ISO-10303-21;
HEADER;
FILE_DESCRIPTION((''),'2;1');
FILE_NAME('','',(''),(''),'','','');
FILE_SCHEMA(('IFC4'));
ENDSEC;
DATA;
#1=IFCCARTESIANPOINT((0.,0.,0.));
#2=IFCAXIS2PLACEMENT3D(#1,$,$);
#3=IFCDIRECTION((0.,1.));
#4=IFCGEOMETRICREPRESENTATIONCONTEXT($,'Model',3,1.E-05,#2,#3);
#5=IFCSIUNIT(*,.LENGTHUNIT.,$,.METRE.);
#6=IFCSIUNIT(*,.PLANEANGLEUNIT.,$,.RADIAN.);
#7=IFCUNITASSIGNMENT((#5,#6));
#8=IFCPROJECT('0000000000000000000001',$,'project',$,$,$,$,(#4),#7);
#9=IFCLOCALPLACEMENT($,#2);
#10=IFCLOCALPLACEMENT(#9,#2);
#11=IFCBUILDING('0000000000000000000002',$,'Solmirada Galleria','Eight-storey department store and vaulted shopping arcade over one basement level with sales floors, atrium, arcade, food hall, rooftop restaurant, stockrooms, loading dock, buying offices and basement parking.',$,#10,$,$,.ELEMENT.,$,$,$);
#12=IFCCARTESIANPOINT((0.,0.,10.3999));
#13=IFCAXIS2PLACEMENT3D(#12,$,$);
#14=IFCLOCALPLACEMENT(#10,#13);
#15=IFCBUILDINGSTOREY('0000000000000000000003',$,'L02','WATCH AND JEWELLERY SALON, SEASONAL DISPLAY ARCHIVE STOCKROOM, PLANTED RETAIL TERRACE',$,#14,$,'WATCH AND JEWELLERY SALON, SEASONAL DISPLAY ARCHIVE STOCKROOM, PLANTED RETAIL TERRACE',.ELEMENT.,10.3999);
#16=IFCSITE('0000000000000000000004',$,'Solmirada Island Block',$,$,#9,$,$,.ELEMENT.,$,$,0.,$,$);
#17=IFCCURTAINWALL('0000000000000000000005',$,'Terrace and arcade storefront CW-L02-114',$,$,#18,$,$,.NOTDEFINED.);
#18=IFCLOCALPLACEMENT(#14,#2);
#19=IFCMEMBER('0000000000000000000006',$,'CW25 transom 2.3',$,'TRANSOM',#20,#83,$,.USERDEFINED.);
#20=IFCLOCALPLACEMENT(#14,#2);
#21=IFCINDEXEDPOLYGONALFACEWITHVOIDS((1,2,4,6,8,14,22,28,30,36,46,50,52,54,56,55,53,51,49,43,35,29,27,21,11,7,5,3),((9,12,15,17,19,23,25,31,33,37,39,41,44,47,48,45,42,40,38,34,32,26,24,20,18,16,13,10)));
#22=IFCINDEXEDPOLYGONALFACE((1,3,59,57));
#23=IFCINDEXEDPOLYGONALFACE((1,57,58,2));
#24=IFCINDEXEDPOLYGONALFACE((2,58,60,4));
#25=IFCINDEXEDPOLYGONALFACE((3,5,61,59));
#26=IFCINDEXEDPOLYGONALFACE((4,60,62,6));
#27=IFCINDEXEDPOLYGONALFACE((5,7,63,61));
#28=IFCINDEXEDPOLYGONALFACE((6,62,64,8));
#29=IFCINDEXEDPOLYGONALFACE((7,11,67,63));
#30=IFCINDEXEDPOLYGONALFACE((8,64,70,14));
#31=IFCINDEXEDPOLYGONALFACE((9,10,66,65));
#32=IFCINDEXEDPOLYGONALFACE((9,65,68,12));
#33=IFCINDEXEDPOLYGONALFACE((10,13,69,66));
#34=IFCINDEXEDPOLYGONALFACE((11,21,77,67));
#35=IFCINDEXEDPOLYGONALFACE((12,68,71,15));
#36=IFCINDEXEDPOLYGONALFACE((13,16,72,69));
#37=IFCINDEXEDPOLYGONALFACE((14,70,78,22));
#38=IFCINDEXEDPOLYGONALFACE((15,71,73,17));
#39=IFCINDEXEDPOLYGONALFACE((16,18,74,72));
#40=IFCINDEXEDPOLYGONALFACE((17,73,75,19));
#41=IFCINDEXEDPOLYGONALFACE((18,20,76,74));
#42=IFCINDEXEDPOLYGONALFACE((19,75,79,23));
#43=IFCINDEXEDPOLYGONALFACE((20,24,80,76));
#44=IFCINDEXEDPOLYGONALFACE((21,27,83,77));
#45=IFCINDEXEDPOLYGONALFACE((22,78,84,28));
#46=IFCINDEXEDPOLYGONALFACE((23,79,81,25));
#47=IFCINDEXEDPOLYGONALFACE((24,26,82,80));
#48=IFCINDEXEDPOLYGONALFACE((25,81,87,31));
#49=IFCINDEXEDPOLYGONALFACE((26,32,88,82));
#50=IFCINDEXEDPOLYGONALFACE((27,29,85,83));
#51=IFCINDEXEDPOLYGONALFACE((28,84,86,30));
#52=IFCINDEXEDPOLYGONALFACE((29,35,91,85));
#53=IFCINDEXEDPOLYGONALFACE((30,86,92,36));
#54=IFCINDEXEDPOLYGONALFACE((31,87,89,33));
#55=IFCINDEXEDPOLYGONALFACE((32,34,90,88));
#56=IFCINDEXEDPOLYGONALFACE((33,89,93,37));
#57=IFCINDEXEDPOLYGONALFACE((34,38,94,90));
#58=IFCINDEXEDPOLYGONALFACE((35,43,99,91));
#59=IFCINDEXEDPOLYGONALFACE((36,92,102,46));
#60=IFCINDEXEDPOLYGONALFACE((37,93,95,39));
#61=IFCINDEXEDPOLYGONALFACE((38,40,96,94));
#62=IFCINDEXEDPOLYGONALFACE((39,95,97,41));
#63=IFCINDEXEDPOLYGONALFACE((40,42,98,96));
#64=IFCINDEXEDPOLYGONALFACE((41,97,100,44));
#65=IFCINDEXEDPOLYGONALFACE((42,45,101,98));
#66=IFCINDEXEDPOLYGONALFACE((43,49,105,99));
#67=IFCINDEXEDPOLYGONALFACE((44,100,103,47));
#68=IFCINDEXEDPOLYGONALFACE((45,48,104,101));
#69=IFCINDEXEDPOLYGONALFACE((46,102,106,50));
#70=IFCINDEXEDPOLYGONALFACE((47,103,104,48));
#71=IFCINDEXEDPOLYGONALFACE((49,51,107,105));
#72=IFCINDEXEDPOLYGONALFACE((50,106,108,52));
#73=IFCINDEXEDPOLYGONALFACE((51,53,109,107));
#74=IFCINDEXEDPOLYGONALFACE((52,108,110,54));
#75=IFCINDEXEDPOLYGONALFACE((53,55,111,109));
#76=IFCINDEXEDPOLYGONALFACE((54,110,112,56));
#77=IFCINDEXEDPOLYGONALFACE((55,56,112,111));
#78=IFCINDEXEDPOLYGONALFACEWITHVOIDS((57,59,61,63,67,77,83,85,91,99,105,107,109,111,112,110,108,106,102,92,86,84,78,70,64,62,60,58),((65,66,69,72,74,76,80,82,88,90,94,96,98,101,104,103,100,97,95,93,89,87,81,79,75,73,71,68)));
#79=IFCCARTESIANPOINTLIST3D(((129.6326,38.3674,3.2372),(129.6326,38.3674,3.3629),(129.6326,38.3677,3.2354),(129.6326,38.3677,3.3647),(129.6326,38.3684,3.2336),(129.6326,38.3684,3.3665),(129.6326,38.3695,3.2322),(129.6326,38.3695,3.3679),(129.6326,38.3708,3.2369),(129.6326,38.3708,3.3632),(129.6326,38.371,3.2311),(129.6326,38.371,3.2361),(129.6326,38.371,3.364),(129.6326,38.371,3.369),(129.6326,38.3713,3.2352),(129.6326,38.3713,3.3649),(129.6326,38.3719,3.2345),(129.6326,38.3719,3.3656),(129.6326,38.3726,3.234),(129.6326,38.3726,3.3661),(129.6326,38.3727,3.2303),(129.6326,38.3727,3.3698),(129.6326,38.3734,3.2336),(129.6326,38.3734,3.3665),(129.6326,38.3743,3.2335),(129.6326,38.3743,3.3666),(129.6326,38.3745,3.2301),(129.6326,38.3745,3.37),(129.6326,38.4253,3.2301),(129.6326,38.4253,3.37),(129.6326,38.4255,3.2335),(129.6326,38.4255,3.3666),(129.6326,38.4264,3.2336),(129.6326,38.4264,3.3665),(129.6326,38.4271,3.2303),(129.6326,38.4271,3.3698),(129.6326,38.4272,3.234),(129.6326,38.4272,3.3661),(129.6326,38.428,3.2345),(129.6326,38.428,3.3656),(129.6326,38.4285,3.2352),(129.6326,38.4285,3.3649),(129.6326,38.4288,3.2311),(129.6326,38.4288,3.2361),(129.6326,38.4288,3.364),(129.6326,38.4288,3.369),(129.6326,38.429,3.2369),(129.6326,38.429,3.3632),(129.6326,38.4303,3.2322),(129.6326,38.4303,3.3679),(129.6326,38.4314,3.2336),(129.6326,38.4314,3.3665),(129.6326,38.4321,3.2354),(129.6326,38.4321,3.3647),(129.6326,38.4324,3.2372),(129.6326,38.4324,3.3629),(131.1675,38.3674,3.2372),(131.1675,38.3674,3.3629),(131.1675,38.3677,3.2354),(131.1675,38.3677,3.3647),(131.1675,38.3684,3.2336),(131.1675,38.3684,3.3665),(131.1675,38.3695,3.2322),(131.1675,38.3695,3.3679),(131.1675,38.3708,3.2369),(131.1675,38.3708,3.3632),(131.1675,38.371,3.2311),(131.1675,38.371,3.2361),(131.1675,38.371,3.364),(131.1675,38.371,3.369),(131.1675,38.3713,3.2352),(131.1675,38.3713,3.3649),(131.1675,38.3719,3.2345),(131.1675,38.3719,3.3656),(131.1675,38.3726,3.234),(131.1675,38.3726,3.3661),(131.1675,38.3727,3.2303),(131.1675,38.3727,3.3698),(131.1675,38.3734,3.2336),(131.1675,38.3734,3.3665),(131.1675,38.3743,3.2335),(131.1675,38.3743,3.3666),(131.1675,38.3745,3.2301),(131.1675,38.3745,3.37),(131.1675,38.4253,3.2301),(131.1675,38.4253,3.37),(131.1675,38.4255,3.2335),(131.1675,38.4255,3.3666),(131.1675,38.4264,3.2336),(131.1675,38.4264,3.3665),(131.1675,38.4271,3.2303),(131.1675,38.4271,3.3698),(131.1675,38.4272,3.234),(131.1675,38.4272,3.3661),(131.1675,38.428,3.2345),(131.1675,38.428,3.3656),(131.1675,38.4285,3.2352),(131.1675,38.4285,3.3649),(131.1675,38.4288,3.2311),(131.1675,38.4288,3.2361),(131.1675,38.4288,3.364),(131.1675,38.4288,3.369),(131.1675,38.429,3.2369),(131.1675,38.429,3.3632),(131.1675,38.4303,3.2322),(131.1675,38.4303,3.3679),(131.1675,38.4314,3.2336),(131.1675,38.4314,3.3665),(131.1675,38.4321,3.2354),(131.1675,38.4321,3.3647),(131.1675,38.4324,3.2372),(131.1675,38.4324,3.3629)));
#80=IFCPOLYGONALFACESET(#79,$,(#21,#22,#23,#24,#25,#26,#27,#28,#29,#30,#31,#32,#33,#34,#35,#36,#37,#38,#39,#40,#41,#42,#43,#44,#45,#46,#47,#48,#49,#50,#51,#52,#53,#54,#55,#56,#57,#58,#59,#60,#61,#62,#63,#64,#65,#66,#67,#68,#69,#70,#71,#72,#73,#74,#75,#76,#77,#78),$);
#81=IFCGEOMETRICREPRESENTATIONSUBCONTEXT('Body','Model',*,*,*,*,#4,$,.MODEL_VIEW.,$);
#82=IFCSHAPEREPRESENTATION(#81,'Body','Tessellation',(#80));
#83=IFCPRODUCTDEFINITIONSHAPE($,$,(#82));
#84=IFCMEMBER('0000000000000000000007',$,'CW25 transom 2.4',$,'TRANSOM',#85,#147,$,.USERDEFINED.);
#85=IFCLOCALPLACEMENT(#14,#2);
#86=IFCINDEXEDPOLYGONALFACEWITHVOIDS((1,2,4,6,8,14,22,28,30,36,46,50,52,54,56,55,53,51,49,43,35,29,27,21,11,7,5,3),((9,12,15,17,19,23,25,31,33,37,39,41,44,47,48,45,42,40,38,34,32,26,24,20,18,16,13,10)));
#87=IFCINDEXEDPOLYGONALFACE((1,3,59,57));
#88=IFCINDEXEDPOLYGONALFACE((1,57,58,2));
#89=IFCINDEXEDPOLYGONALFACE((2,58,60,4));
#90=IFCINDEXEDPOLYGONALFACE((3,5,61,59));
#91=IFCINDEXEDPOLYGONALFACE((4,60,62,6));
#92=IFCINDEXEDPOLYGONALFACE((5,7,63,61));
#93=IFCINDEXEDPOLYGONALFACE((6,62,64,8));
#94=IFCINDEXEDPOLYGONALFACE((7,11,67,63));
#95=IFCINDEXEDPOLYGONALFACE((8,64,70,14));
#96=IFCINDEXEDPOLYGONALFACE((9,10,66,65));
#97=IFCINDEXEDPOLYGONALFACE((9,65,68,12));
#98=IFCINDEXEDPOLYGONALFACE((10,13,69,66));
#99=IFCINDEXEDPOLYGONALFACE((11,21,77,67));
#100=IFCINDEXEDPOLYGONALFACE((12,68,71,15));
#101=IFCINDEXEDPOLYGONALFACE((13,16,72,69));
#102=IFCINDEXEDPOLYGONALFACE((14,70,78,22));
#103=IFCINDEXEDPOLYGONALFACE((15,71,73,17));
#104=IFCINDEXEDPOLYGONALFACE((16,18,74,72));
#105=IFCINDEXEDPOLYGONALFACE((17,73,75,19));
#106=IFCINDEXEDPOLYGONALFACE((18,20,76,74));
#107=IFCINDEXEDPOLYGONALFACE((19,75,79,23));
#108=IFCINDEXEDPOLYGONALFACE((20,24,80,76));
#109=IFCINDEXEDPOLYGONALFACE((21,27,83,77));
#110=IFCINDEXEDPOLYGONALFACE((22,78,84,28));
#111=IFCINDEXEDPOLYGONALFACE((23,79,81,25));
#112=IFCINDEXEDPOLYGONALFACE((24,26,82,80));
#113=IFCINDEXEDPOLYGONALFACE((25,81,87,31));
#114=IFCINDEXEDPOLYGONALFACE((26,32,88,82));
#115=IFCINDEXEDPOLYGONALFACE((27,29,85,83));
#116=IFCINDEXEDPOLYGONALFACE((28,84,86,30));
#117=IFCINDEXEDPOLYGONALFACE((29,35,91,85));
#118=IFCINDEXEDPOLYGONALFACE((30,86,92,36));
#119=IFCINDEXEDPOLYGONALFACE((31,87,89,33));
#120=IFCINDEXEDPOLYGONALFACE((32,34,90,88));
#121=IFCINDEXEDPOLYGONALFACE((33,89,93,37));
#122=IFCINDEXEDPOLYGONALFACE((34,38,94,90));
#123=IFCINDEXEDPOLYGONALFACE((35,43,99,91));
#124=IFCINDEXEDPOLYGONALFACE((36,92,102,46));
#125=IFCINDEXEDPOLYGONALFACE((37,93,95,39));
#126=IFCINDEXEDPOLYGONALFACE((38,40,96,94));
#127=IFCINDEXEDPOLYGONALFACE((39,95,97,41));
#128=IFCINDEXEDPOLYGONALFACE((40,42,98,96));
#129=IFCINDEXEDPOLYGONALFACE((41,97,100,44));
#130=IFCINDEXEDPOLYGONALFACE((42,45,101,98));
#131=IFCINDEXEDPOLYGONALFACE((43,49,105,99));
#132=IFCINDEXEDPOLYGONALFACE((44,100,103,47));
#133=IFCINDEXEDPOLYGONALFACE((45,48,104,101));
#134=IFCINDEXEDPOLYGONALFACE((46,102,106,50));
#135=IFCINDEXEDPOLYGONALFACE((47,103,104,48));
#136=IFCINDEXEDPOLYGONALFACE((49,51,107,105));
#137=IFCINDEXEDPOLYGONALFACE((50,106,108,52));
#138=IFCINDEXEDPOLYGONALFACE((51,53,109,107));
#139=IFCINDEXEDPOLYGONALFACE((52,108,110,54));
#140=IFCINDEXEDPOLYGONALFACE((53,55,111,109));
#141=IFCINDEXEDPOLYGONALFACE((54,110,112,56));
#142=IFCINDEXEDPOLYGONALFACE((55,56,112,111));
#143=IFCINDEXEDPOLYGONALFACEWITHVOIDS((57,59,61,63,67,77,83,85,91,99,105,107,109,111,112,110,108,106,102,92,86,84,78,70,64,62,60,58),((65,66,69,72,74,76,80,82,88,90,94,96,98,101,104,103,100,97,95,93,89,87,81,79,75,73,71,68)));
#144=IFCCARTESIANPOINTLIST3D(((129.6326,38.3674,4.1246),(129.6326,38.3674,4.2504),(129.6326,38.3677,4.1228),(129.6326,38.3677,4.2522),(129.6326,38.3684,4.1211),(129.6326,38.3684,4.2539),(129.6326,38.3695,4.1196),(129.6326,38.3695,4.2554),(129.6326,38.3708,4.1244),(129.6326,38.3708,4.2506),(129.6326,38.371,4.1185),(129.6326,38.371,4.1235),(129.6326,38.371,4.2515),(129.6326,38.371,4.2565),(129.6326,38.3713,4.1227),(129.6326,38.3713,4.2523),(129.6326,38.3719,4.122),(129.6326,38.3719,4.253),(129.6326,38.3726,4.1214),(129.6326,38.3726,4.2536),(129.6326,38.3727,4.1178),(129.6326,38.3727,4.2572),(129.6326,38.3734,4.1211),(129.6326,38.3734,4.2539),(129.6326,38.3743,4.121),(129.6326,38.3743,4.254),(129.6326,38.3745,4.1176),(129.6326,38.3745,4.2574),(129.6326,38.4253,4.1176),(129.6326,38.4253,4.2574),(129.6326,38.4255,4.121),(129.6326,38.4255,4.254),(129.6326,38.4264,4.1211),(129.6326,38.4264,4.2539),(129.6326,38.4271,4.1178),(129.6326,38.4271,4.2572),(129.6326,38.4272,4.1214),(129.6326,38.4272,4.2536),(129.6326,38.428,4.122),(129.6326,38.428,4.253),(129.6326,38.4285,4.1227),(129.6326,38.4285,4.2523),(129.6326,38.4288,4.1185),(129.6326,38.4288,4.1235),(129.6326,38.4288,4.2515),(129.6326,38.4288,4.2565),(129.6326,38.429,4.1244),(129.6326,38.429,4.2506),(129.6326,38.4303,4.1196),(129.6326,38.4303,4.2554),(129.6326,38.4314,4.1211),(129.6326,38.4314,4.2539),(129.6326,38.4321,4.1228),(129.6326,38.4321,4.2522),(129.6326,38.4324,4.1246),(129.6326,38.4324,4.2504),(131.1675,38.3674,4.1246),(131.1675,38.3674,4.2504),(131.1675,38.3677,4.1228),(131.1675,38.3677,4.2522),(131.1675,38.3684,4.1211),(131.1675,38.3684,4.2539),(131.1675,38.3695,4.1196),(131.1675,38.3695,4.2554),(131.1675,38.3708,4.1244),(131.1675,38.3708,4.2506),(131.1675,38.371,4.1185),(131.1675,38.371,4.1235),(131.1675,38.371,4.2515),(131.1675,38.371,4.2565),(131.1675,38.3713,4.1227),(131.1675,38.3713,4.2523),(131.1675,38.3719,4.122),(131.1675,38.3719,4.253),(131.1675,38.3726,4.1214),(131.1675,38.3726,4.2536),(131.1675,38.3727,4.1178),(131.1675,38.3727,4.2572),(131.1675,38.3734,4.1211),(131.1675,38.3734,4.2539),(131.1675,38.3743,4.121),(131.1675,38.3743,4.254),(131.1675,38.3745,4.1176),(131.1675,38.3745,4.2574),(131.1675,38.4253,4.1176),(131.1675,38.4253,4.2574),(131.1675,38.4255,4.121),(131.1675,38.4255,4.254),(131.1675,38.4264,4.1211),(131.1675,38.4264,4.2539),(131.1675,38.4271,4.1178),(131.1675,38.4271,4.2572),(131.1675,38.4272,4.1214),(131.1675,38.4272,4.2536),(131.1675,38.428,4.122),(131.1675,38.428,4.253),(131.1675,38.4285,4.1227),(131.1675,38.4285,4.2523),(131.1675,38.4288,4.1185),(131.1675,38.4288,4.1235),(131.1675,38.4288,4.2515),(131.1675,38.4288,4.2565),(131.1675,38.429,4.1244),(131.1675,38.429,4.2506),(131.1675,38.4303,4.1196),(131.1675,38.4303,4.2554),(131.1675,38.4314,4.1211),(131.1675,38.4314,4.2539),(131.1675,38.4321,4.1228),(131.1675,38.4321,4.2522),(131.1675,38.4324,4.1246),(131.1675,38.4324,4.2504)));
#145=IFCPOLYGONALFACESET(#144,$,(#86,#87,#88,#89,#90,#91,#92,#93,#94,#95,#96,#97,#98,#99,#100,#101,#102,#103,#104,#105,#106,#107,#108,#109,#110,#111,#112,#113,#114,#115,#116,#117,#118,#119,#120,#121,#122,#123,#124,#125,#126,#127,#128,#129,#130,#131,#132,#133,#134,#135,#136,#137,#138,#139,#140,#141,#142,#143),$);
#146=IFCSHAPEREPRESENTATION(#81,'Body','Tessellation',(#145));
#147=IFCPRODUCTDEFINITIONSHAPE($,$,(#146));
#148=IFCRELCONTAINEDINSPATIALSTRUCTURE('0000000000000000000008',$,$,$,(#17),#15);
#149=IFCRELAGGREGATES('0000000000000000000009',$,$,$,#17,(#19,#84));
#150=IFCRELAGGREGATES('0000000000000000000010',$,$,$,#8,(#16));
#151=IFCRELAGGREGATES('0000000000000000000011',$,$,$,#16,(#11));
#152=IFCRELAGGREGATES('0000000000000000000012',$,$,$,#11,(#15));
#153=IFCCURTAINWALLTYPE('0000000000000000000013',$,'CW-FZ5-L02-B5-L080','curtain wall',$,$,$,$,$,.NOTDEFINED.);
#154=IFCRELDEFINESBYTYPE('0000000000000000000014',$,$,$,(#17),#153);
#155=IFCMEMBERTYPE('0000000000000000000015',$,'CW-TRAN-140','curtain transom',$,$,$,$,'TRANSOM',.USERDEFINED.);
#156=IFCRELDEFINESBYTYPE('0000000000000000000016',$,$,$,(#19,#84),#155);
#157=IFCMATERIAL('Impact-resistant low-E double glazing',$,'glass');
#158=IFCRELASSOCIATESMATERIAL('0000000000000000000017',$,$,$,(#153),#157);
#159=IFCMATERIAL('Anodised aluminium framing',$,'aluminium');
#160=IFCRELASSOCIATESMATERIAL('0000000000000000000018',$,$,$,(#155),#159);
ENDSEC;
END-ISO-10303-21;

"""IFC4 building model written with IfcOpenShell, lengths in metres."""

from ifc_helpers import new_model, si_unit, direction, frame, origin, origin_2d, place, context, subcontext, project, spatial, hollow_rectangle, extrude, material, material_profile, profile_set, type_object, element, aggregate, save


model = new_model("IFC4")

# Units and contexts
model_context = context("Model", 3, precision=1e-05, world=origin(), true_north=direction((0.0, 1.0)))
body_context = subcontext(model_context, "Body", "Model", "MODEL_VIEW")
ifc_project = project(units=[si_unit("LENGTHUNIT", "METRE"), si_unit("PLANEANGLEUNIT", "RADIAN")], contexts=[model_context])

# Site, building, storey
site_placement = place(None, origin())
site = spatial("IfcSite", under=ifc_project, at=site_placement, Name="Solmirada Island Block", CompositionType="ELEMENT", RefElevation=0.0)
building_placement = place(site_placement, origin())
building = spatial("IfcBuilding", under=site, at=building_placement, Name="Solmirada Galleria", Description="Eight-storey department store and vaulted shopping arcade over one basement level with sales floors, atrium, arcade, food hall, rooftop restaurant, stockrooms, loading dock, buying offices and basement parking.", CompositionType="ELEMENT")
storey_placement = place(building_placement, frame((0.0, 0.0, 10.3999)))
storey = spatial("IfcBuildingStorey", under=building, at=storey_placement, Name="L02", Description="WATCH AND JEWELLERY SALON, SEASONAL DISPLAY ARCHIVE STOCKROOM, PLANTED RETAIL TERRACE", LongName="WATCH AND JEWELLERY SALON, SEASONAL DISPLAY ARCHIVE STOCKROOM, PLANTED RETAIL TERRACE", CompositionType="ELEMENT", Elevation=10.3999)

# Shared definitions
ifc_material_1 = material(Name="Impact-resistant low-E double glazing", Category="glass")
curtain_wall_type = type_object("IfcCurtainWallType", Name="CW-FZ5-L02-B5-L080", Description="curtain wall", PredefinedType="NOTDEFINED", material=ifc_material_1)
ifc_material_2 = material(Name="Anodised aluminium framing", Category="aluminium")

# Curtain wall
curtain_wall_1_placement = place(storey_placement, origin())
curtain_wall_1 = element("IfcCurtainWall", 1, at=curtain_wall_1_placement, inside=storey, type_object=curtain_wall_type, Name="Terrace and arcade storefront CW-L02-114", PredefinedType="NOTDEFINED")

# Members
ifc_material_profile_1 = material_profile(ifc_material_2, hollow_rectangle(XDim=0.0649, YDim=0.1399, WallThickness=0.0034, InnerFilletRadius=0.0034, OuterFilletRadius=0.0071, at=origin_2d()), Name="ALU-TRAN-140X65")
ifc_profile_set_1 = profile_set([ifc_material_profile_1], Name="Anodised aluminium framing")
member_type_1 = type_object("IfcMemberType", Name="CW-TRAN-140", Description="curtain transom", ElementType="TRANSOM", PredefinedType="USERDEFINED", material=ifc_profile_set_1)
member_1_placement = place(storey_placement, frame((129.6326, 38.3999, 3.3), z_axis=(1.0, 0.0, 0.0), x_axis=(0.0, 1.0, 0.0)))
member_1 = element("IfcMember", 2, at=member_1_placement, type_object=member_type_1, Name="CW25 transom 2.3", ObjectType="TRANSOM", PredefinedType="USERDEFINED", context=body_context, shape_type="SweptSolid", body=[
    extrude(hollow_rectangle(XDim=0.0649, YDim=0.1399, WallThickness=0.0034, InnerFilletRadius=0.0034, OuterFilletRadius=0.0071, at=origin_2d()), origin(), (0.0, 0.0, 1.0), 1.5349),
])
member_2_placement = place(storey_placement, frame((129.6326, 38.3999, 4.1875), z_axis=(1.0, 0.0, 0.0), x_axis=(0.0, 1.0, 0.0)))
member_2 = element("IfcMember", 3, at=member_2_placement, type_object=member_type_1, Name="CW25 transom 2.4", ObjectType="TRANSOM", PredefinedType="USERDEFINED", context=body_context, shape_type="SweptSolid", body=[
    extrude(hollow_rectangle(XDim=0.0649, YDim=0.1399, WallThickness=0.0034, InnerFilletRadius=0.0034, OuterFilletRadius=0.0071, at=origin_2d()), origin(), (0.0, 0.0, 1.0), 1.5349),
])

aggregate(curtain_wall_1, [member_1, member_2])

save(model, "model.ifc")
